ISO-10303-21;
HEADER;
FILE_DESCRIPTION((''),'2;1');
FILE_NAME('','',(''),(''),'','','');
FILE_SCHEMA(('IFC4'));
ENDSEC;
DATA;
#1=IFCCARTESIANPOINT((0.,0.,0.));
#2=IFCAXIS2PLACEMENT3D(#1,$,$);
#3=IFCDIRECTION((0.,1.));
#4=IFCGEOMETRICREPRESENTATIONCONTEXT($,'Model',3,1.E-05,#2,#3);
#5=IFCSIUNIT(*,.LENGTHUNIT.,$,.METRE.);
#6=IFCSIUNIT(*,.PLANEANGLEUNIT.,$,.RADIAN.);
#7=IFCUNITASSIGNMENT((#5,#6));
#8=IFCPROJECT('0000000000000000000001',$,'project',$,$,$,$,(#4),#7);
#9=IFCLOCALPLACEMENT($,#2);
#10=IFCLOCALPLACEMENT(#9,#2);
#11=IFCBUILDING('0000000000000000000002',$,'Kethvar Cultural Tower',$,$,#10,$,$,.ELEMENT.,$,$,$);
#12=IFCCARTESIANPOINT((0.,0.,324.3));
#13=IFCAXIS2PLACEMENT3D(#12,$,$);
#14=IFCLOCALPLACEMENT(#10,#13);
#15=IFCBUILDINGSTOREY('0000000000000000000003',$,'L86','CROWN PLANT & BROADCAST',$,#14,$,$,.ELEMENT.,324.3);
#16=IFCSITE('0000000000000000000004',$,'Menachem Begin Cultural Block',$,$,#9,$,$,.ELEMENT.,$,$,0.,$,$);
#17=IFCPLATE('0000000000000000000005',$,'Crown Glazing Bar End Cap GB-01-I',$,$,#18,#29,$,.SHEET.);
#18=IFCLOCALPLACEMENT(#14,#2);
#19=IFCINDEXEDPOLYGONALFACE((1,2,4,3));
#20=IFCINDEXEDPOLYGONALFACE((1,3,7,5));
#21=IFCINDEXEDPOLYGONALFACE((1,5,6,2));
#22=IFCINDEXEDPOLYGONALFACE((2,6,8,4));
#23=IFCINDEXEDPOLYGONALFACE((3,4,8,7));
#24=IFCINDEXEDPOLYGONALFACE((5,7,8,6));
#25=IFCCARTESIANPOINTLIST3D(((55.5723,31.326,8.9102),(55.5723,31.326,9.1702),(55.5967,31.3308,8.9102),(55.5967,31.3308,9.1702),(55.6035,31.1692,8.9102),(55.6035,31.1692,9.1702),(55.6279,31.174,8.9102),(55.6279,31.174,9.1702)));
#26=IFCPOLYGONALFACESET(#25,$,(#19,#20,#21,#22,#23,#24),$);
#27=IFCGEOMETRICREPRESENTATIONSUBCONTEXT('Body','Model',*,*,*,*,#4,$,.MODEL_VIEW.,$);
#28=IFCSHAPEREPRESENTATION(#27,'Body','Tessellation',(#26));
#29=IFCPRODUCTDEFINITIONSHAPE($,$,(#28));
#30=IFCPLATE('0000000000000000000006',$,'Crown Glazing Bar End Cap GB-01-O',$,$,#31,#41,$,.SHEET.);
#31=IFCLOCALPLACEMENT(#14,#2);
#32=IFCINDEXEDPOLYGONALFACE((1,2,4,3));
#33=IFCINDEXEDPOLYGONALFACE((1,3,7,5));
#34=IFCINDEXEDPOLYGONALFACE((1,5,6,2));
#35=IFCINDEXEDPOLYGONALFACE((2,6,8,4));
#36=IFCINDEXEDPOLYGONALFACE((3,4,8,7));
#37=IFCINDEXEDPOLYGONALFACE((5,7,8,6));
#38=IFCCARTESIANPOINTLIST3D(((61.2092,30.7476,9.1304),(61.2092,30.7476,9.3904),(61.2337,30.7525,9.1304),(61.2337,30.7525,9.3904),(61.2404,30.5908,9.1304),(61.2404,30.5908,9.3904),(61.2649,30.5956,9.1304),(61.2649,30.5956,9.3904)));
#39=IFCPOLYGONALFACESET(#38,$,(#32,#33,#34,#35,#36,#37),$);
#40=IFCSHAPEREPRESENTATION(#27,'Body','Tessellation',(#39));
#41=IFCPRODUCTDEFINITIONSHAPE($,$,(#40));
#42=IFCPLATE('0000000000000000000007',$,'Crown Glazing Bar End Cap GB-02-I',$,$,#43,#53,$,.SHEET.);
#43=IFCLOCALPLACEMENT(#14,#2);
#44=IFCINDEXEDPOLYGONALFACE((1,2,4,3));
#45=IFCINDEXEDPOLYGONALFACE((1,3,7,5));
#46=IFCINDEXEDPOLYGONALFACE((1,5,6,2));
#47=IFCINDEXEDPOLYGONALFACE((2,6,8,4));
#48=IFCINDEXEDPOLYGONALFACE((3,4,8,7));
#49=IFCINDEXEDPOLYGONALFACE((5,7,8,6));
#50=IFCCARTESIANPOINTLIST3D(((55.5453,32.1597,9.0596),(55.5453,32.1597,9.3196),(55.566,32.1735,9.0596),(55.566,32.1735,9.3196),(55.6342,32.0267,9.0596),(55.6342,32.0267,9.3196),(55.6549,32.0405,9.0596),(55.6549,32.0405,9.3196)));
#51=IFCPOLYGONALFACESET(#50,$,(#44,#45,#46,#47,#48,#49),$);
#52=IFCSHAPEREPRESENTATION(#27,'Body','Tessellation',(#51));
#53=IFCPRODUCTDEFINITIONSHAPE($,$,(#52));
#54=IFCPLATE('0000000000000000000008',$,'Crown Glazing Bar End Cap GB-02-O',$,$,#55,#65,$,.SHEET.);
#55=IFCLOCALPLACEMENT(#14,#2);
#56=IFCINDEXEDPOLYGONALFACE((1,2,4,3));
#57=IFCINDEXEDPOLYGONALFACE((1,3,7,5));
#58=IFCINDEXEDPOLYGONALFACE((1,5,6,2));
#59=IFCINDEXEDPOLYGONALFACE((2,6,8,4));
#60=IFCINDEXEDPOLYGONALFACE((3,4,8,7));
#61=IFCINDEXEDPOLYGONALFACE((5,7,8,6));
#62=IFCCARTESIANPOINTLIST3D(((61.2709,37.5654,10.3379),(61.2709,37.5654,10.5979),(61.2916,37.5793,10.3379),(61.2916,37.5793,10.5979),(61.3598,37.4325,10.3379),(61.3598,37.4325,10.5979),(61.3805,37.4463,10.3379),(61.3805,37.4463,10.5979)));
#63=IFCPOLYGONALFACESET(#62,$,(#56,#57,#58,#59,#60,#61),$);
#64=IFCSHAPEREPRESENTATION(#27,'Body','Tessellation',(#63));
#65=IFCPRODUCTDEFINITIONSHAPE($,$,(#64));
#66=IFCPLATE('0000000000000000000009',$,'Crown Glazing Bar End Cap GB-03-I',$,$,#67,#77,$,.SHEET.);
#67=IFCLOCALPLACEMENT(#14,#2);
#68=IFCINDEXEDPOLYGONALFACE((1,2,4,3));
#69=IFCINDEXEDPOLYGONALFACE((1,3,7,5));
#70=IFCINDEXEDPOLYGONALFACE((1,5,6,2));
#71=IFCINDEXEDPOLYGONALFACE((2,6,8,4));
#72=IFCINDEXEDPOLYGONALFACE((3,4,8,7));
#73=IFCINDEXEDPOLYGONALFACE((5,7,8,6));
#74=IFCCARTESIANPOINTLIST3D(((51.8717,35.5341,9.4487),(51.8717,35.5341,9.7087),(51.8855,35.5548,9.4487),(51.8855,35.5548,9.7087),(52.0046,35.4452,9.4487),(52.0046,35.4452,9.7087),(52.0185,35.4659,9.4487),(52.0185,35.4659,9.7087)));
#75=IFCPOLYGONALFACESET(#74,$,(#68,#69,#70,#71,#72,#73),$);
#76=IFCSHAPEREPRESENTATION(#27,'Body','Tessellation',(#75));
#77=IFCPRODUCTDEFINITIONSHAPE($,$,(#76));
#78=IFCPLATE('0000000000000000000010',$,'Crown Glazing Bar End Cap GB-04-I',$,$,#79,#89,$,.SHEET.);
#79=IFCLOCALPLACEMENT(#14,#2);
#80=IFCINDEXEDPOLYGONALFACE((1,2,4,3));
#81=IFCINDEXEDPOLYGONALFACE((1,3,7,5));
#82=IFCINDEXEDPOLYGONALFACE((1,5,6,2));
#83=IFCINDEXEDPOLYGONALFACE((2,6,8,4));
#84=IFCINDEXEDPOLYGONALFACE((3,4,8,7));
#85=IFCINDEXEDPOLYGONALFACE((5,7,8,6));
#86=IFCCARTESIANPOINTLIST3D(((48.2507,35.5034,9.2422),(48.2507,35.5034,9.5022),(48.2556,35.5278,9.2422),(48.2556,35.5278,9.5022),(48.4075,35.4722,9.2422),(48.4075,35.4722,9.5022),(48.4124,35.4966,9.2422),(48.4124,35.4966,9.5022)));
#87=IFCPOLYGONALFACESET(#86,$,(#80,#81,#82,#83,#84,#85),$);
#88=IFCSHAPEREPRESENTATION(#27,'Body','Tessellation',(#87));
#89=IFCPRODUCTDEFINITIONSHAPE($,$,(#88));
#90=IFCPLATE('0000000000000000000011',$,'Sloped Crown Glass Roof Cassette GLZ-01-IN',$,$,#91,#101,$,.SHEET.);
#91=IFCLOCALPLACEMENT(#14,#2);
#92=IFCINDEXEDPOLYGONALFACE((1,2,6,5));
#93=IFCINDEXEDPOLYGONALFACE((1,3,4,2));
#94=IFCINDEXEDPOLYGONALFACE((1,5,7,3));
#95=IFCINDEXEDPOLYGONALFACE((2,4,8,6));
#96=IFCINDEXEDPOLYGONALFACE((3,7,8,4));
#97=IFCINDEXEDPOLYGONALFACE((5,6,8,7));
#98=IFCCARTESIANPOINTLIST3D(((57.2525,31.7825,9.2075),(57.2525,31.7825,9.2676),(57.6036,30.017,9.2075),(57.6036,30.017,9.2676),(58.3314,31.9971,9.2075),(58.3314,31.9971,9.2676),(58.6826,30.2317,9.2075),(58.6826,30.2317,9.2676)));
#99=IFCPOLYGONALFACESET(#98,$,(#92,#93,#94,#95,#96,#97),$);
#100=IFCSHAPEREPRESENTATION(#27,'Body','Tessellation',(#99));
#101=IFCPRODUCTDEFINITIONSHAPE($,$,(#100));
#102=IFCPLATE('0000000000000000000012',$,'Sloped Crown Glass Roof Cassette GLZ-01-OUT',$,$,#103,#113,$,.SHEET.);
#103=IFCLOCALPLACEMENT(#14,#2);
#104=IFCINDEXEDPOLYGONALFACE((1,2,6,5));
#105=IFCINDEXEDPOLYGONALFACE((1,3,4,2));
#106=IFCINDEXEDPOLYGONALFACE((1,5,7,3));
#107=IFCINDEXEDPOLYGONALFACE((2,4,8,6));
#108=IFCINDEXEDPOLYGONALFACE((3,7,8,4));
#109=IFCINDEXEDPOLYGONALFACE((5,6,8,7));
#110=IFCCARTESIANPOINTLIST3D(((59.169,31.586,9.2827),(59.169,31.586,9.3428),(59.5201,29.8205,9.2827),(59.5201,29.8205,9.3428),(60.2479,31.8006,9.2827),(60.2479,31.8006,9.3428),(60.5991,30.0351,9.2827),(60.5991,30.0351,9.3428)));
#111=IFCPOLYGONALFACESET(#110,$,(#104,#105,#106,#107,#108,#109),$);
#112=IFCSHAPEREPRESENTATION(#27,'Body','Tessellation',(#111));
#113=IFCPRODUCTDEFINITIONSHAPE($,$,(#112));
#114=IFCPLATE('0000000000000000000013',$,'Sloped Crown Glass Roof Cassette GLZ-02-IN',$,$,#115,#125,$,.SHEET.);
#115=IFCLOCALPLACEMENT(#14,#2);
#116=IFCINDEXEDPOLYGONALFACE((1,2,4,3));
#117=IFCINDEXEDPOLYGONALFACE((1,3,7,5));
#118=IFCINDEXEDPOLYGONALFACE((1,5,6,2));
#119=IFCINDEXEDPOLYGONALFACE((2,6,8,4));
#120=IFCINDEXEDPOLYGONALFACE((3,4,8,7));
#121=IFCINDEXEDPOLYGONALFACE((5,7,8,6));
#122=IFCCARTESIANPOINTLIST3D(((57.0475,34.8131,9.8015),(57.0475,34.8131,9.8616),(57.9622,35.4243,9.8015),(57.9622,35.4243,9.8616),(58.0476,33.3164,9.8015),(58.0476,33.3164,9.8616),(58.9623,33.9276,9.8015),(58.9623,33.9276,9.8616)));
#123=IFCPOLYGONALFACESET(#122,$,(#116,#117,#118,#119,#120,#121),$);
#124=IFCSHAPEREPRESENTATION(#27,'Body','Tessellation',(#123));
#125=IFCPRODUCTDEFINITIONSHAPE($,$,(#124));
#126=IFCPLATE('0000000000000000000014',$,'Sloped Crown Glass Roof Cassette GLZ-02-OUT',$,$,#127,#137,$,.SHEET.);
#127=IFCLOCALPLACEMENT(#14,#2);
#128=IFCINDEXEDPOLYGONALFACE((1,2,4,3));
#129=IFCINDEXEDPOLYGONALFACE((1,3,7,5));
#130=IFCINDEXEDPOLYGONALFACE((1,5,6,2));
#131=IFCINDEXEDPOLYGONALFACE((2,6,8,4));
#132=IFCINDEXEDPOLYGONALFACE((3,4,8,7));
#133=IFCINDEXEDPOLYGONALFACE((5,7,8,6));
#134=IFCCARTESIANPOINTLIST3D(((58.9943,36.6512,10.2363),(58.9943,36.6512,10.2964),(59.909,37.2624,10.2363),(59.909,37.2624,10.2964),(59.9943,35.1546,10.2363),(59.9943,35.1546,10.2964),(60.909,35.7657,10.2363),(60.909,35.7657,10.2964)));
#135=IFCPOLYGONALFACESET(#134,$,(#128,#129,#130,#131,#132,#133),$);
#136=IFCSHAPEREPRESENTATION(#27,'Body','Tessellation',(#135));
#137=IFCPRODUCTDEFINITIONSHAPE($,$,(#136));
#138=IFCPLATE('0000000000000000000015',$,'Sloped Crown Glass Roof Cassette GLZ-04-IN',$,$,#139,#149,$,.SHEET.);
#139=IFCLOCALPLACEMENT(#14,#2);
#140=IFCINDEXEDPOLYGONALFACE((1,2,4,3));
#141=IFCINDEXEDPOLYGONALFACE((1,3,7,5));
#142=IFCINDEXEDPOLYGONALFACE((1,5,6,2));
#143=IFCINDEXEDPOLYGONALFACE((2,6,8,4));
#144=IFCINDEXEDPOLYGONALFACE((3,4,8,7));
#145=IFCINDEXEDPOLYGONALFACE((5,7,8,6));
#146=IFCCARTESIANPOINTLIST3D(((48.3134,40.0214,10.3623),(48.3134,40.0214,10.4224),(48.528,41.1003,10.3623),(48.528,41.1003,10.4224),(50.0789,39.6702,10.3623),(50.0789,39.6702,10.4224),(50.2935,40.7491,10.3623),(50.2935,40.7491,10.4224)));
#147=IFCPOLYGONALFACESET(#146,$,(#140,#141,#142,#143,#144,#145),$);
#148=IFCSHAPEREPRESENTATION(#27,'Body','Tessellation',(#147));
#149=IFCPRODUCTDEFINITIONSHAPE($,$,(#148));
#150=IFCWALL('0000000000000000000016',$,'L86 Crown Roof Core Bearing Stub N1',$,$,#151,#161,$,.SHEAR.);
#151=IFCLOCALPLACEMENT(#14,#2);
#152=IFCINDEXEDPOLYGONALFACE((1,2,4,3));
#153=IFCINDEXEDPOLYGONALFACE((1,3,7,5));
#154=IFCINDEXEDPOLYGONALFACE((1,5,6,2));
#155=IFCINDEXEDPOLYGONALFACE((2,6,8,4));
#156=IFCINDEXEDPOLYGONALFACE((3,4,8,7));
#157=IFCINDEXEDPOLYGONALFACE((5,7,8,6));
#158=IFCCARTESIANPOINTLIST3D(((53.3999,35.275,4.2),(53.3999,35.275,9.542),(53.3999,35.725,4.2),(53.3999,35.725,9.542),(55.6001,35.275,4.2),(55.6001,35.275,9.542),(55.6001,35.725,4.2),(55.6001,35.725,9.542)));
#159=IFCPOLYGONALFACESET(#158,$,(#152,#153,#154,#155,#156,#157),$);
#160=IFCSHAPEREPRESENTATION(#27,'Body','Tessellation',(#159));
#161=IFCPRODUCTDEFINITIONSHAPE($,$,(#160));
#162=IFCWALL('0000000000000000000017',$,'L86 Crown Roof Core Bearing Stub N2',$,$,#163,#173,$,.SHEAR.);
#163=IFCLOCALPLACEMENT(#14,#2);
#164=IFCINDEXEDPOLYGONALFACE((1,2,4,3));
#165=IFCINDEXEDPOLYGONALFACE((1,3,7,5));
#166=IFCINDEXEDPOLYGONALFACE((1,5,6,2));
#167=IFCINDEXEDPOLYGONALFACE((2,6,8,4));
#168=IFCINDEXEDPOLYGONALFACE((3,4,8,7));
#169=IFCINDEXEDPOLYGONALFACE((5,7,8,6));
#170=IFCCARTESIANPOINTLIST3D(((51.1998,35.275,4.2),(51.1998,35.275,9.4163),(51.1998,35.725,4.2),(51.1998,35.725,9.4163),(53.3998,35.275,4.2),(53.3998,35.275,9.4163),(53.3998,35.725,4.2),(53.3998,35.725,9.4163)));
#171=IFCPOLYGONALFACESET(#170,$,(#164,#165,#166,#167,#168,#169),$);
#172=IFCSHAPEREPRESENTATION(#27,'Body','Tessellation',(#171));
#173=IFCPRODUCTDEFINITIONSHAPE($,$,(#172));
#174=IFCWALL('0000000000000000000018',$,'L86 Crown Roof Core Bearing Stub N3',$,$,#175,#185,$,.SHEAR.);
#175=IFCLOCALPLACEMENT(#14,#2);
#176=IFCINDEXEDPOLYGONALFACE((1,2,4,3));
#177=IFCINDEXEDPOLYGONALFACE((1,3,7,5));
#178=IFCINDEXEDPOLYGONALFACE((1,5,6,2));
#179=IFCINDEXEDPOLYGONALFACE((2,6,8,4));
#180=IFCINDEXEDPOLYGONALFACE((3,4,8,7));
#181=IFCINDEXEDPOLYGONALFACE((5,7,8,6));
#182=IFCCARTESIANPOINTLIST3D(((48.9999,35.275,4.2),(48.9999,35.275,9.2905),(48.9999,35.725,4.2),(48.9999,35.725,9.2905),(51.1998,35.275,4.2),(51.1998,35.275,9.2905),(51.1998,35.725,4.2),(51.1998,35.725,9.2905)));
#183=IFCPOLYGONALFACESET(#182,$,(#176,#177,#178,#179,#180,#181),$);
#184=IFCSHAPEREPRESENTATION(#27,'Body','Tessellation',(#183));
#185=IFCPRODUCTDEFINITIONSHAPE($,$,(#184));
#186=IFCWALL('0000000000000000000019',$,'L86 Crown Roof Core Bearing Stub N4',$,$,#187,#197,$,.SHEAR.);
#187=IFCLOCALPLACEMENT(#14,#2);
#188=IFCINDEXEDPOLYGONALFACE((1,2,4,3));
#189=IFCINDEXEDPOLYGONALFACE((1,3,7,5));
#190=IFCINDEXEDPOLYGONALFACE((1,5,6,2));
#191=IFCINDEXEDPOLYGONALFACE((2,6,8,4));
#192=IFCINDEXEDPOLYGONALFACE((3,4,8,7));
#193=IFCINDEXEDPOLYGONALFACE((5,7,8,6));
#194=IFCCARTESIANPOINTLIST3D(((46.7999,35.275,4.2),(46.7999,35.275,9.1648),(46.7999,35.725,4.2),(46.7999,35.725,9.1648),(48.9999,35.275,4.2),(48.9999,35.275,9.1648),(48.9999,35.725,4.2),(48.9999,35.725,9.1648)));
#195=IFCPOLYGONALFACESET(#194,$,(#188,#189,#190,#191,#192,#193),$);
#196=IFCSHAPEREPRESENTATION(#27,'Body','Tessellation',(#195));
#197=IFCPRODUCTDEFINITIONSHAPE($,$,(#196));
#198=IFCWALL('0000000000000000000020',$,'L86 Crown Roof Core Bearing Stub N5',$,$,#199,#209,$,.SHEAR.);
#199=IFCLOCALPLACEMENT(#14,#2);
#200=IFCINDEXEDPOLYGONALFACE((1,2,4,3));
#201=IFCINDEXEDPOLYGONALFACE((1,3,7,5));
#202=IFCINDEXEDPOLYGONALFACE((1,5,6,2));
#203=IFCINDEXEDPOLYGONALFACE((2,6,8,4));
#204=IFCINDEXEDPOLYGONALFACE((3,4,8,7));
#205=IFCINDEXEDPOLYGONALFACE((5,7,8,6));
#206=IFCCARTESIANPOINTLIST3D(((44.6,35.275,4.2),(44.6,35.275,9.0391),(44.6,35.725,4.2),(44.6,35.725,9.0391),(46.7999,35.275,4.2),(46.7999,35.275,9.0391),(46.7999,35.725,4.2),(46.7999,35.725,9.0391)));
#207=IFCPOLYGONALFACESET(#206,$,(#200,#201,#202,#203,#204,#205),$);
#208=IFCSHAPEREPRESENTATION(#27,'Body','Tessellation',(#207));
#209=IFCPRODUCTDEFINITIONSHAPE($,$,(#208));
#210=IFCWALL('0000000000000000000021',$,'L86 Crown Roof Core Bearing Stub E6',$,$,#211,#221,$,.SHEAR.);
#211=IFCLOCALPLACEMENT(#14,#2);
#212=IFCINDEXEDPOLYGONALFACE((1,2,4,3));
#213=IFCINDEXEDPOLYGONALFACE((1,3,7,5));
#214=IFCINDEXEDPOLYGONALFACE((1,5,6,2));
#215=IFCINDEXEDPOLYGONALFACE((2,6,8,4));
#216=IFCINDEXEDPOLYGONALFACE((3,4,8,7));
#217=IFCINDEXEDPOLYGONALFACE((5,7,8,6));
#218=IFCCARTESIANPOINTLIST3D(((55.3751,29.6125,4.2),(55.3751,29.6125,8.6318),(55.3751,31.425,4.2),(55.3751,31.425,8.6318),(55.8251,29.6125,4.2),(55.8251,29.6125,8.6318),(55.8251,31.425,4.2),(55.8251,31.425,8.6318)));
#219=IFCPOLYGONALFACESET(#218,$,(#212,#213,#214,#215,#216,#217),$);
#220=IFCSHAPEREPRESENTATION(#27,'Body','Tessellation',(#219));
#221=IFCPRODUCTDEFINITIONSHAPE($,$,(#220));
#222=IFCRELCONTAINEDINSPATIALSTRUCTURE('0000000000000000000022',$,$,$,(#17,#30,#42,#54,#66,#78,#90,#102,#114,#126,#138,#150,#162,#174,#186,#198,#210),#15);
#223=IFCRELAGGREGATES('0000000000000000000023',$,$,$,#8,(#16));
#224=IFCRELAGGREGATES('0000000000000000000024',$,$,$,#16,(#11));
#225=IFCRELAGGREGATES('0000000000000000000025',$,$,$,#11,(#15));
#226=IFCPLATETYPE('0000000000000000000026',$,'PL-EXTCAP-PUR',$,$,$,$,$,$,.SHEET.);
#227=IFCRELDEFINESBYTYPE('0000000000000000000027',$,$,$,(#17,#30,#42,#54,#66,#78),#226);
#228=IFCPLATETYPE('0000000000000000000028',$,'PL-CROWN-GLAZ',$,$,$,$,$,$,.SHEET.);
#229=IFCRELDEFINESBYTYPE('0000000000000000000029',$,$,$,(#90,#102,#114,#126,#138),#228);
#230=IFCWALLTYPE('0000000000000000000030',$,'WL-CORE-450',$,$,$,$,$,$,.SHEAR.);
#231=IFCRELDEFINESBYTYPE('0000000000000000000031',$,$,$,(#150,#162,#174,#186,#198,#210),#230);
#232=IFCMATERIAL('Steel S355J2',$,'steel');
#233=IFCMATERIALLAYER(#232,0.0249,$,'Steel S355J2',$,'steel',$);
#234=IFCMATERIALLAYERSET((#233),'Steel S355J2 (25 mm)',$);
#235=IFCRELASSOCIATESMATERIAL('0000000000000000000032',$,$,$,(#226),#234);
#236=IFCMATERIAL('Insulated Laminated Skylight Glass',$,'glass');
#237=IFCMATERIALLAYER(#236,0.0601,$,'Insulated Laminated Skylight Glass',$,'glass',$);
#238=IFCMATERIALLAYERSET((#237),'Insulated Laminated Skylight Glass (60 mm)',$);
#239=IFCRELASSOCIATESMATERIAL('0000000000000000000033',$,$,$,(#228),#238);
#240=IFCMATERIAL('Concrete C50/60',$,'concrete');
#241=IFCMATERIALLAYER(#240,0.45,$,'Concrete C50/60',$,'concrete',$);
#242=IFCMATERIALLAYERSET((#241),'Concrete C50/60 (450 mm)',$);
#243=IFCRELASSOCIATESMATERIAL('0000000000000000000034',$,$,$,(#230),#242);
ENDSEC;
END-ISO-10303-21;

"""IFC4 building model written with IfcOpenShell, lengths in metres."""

from ifc_helpers import new_model, si_unit, direction, frame, frame_2d, origin, origin_2d, place, context, subcontext, project, spatial, rectangle, extrude, source, transform, mapped, material, layer, layer_set, type_object, element, save


model = new_model("IFC4")

# Units and contexts
model_context = context("Model", 3, precision=1e-05, world=origin(), true_north=direction((0.0, 1.0)))
body_context = subcontext(model_context, "Body", "Model", "MODEL_VIEW")
ifc_project = project(units=[si_unit("LENGTHUNIT", "METRE"), si_unit("PLANEANGLEUNIT", "RADIAN")], contexts=[model_context])

# Site, building, storey
site_placement = place(None, origin())
site = spatial("IfcSite", under=ifc_project, at=site_placement, Name="Menachem Begin Cultural Block", CompositionType="ELEMENT", RefElevation=0.0)
building_placement = place(site_placement, origin())
building = spatial("IfcBuilding", under=site, at=building_placement, Name="Kethvar Cultural Tower", CompositionType="ELEMENT")
storey_placement = place(building_placement, frame((0.0, 0.0, 324.3)))
storey = spatial("IfcBuildingStorey", under=building, at=storey_placement, Name="L86", Description="CROWN PLANT & BROADCAST", CompositionType="ELEMENT", Elevation=324.3)

# Shared definitions
ifc_material_1 = material(Name="Steel S355J2", Category="steel")

# Plates
ifc_layer_1 = layer(ifc_material_1, 0.0249, Name="Steel S355J2", Category="steel")
ifc_layer_set_1 = layer_set([ifc_layer_1], Name="Steel S355J2 (25 mm)")
plate_type_1 = type_object("IfcPlateType", Name="PL-EXTCAP-PUR", PredefinedType="SHEET", material=ifc_layer_set_1)
shared_shape_1 = source(origin(), body_context, "Body", "SweptSolid", [
    extrude(rectangle(XDim=0.0249, YDim=0.1599, at=origin_2d()), origin(), (0.0, 0.0, 1.0), 0.26),
])
for number, where, z_axis, x_axis, name in (
    (1, (55.6001, 31.25, 8.9102), (0.0, 0.0, 1.0), (0.980785, 0.19509, 0.0), "Crown Glazing Bar End Cap GB-01-I"),
    (2, (61.2371, 30.6716, 9.1304), (0.0, 0.0, 1.0), (0.980785, 0.19509, 0.0), "Crown Glazing Bar End Cap GB-01-O"),
    (3, (55.6001, 32.1001, 9.0596), (0.0, 0.0, 1.0), (0.83147, 0.55557, 0.0), "Crown Glazing Bar End Cap GB-02-I"),
    (4, (61.3257, 37.5059, 10.3379), (0.0, 0.0, 1.0), (0.83147, 0.55557, 0.0), "Crown Glazing Bar End Cap GB-02-O"),
    (5, (51.9451, 35.5, 9.4487), (0.0, 0.0, 1.0), (0.55557, 0.83147, 0.0), "Crown Glazing Bar End Cap GB-03-I"),
    (6, (48.3315, 35.5, 9.2422), (0.0, 0.0, 1.0), (0.19509, 0.980785, 0.0), "Crown Glazing Bar End Cap GB-04-I"),
):
    element("IfcPlate", number, at=place(storey_placement, frame(where, z_axis=z_axis, x_axis=x_axis)), inside=storey, type_object=plate_type_1, Name=name, PredefinedType="SHEET", context=body_context, shape_type="MappedRepresentation", body=[
        mapped(shared_shape_1, transform((0.0, 0.0, 0.0), scale=1.0)),
    ])
ifc_material_2 = material(Name="Insulated Laminated Skylight Glass", Category="glass")
ifc_layer_2 = layer(ifc_material_2, 0.0601, Name="Insulated Laminated Skylight Glass", Category="glass")
ifc_layer_set_2 = layer_set([ifc_layer_2], Name="Insulated Laminated Skylight Glass (60 mm)")
plate_type_2 = type_object("IfcPlateType", Name="PL-CROWN-GLAZ", PredefinedType="SHEET", material=ifc_layer_set_2)
shared_shape_2 = source(origin(), body_context, "Body", "SweptSolid", [
    extrude(rectangle(XDim=1.1001, YDim=1.8, at=origin_2d()), origin(), (0.0, 0.0, 1.0), 0.0601),
])
for number, where, z_axis, x_axis, name in (
    (7, (57.9675, 31.0071, 9.2075), (0.0, 0.0, 1.0), (0.980785, 0.19509, 0.0), "Sloped Crown Glass Roof Cassette GLZ-01-IN"),
    (8, (59.884, 30.8105, 9.2827), (0.0, 0.0, 1.0), (0.980785, 0.19509, 0.0), "Sloped Crown Glass Roof Cassette GLZ-01-OUT"),
    (9, (58.0049, 34.3704, 9.8015), (0.0, 0.0, 1.0), (0.83147, 0.55557, 0.0), "Sloped Crown Glass Roof Cassette GLZ-02-IN"),
    (10, (59.9517, 36.2085, 10.2363), (0.0, 0.0, 1.0), (0.83147, 0.55557, 0.0), "Sloped Crown Glass Roof Cassette GLZ-02-OUT"),
    (11, (49.3035, 40.3853, 10.3623), (0.0, 0.0, 1.0), (0.19509, 0.980785, 0.0), "Sloped Crown Glass Roof Cassette GLZ-04-IN"),
):
    element("IfcPlate", number, at=place(storey_placement, frame(where, z_axis=z_axis, x_axis=x_axis)), inside=storey, type_object=plate_type_2, Name=name, PredefinedType="SHEET", context=body_context, shape_type="MappedRepresentation", body=[
        mapped(shared_shape_2, transform((0.0, 0.0, 0.0), scale=1.0)),
    ])

# Walls
ifc_material_3 = material(Name="Concrete C50/60", Category="concrete")
ifc_layer_3 = layer(ifc_material_3, 0.45, Name="Concrete C50/60", Category="concrete")
ifc_layer_set_3 = layer_set([ifc_layer_3], Name="Concrete C50/60 (450 mm)")
wall_type_1 = type_object("IfcWallType", Name="WL-CORE-450", PredefinedType="SHEAR", material=ifc_layer_set_3)
wall_1_placement = place(storey_placement, frame((55.6001, 35.5, 4.2), z_axis=(0.0, 0.0, 1.0), x_axis=(-1.0, 0.0, 0.0)))
element("IfcWall", 12, at=wall_1_placement, inside=storey, type_object=wall_type_1, Name="L86 Crown Roof Core Bearing Stub N1", PredefinedType="SHEAR", context=body_context, shape_type="SweptSolid", body=[
    extrude(rectangle(XDim=2.2002, YDim=0.45, at=frame_2d((1.1001, 0.0))), origin(), (0.0, 0.0, 1.0), 5.342),
])
wall_2_placement = place(storey_placement, frame((53.3999, 35.5, 4.2), z_axis=(0.0, 0.0, 1.0), x_axis=(-1.0, 0.0, 0.0)))
element("IfcWall", 13, at=wall_2_placement, inside=storey, type_object=wall_type_1, Name="L86 Crown Roof Core Bearing Stub N2", PredefinedType="SHEAR", context=body_context, shape_type="SweptSolid", body=[
    extrude(rectangle(XDim=2.2, YDim=0.45, at=frame_2d((1.1001, 0.0))), origin(), (0.0, 0.0, 1.0), 5.2163),
])
wall_3_placement = place(storey_placement, frame((51.2, 35.5, 4.2), z_axis=(0.0, 0.0, 1.0), x_axis=(-1.0, 0.0, 0.0)))
element("IfcWall", 14, at=wall_3_placement, inside=storey, type_object=wall_type_1, Name="L86 Crown Roof Core Bearing Stub N3", PredefinedType="SHEAR", context=body_context, shape_type="SweptSolid", body=[
    extrude(rectangle(XDim=2.2, YDim=0.45, at=frame_2d((1.1001, 0.0))), origin(), (0.0, 0.0, 1.0), 5.0906),
])
wall_4_placement = place(storey_placement, frame((49.0, 35.5, 4.2), z_axis=(0.0, 0.0, 1.0), x_axis=(-1.0, 0.0, 0.0)))
element("IfcWall", 15, at=wall_4_placement, inside=storey, type_object=wall_type_1, Name="L86 Crown Roof Core Bearing Stub N4", PredefinedType="SHEAR", context=body_context, shape_type="SweptSolid", body=[
    extrude(rectangle(XDim=2.2, YDim=0.45, at=frame_2d((1.1001, 0.0))), origin(), (0.0, 0.0, 1.0), 4.9648),
])
wall_5_placement = place(storey_placement, frame((46.8, 35.5, 4.2), z_axis=(0.0, 0.0, 1.0), x_axis=(-1.0, 0.0, 0.0)))
element("IfcWall", 16, at=wall_5_placement, inside=storey, type_object=wall_type_1, Name="L86 Crown Roof Core Bearing Stub N5", PredefinedType="SHEAR", context=body_context, shape_type="SweptSolid", body=[
    extrude(rectangle(XDim=2.2, YDim=0.45, at=frame_2d((1.1001, 0.0))), origin(), (0.0, 0.0, 1.0), 4.8391),
])
wall_6_placement = place(storey_placement, frame((55.6001, 29.6125, 4.2), z_axis=(0.0, 0.0, 1.0), x_axis=(0.0, 1.0, 0.0)))
element("IfcWall", 17, at=wall_6_placement, inside=storey, type_object=wall_type_1, Name="L86 Crown Roof Core Bearing Stub E6", PredefinedType="SHEAR", context=body_context, shape_type="SweptSolid", body=[
    extrude(rectangle(XDim=1.8125, YDim=0.45, at=frame_2d((0.9062, 0.0))), origin(), (0.0, 0.0, 1.0), 4.4319),
])

save(model, "model.ifc")
